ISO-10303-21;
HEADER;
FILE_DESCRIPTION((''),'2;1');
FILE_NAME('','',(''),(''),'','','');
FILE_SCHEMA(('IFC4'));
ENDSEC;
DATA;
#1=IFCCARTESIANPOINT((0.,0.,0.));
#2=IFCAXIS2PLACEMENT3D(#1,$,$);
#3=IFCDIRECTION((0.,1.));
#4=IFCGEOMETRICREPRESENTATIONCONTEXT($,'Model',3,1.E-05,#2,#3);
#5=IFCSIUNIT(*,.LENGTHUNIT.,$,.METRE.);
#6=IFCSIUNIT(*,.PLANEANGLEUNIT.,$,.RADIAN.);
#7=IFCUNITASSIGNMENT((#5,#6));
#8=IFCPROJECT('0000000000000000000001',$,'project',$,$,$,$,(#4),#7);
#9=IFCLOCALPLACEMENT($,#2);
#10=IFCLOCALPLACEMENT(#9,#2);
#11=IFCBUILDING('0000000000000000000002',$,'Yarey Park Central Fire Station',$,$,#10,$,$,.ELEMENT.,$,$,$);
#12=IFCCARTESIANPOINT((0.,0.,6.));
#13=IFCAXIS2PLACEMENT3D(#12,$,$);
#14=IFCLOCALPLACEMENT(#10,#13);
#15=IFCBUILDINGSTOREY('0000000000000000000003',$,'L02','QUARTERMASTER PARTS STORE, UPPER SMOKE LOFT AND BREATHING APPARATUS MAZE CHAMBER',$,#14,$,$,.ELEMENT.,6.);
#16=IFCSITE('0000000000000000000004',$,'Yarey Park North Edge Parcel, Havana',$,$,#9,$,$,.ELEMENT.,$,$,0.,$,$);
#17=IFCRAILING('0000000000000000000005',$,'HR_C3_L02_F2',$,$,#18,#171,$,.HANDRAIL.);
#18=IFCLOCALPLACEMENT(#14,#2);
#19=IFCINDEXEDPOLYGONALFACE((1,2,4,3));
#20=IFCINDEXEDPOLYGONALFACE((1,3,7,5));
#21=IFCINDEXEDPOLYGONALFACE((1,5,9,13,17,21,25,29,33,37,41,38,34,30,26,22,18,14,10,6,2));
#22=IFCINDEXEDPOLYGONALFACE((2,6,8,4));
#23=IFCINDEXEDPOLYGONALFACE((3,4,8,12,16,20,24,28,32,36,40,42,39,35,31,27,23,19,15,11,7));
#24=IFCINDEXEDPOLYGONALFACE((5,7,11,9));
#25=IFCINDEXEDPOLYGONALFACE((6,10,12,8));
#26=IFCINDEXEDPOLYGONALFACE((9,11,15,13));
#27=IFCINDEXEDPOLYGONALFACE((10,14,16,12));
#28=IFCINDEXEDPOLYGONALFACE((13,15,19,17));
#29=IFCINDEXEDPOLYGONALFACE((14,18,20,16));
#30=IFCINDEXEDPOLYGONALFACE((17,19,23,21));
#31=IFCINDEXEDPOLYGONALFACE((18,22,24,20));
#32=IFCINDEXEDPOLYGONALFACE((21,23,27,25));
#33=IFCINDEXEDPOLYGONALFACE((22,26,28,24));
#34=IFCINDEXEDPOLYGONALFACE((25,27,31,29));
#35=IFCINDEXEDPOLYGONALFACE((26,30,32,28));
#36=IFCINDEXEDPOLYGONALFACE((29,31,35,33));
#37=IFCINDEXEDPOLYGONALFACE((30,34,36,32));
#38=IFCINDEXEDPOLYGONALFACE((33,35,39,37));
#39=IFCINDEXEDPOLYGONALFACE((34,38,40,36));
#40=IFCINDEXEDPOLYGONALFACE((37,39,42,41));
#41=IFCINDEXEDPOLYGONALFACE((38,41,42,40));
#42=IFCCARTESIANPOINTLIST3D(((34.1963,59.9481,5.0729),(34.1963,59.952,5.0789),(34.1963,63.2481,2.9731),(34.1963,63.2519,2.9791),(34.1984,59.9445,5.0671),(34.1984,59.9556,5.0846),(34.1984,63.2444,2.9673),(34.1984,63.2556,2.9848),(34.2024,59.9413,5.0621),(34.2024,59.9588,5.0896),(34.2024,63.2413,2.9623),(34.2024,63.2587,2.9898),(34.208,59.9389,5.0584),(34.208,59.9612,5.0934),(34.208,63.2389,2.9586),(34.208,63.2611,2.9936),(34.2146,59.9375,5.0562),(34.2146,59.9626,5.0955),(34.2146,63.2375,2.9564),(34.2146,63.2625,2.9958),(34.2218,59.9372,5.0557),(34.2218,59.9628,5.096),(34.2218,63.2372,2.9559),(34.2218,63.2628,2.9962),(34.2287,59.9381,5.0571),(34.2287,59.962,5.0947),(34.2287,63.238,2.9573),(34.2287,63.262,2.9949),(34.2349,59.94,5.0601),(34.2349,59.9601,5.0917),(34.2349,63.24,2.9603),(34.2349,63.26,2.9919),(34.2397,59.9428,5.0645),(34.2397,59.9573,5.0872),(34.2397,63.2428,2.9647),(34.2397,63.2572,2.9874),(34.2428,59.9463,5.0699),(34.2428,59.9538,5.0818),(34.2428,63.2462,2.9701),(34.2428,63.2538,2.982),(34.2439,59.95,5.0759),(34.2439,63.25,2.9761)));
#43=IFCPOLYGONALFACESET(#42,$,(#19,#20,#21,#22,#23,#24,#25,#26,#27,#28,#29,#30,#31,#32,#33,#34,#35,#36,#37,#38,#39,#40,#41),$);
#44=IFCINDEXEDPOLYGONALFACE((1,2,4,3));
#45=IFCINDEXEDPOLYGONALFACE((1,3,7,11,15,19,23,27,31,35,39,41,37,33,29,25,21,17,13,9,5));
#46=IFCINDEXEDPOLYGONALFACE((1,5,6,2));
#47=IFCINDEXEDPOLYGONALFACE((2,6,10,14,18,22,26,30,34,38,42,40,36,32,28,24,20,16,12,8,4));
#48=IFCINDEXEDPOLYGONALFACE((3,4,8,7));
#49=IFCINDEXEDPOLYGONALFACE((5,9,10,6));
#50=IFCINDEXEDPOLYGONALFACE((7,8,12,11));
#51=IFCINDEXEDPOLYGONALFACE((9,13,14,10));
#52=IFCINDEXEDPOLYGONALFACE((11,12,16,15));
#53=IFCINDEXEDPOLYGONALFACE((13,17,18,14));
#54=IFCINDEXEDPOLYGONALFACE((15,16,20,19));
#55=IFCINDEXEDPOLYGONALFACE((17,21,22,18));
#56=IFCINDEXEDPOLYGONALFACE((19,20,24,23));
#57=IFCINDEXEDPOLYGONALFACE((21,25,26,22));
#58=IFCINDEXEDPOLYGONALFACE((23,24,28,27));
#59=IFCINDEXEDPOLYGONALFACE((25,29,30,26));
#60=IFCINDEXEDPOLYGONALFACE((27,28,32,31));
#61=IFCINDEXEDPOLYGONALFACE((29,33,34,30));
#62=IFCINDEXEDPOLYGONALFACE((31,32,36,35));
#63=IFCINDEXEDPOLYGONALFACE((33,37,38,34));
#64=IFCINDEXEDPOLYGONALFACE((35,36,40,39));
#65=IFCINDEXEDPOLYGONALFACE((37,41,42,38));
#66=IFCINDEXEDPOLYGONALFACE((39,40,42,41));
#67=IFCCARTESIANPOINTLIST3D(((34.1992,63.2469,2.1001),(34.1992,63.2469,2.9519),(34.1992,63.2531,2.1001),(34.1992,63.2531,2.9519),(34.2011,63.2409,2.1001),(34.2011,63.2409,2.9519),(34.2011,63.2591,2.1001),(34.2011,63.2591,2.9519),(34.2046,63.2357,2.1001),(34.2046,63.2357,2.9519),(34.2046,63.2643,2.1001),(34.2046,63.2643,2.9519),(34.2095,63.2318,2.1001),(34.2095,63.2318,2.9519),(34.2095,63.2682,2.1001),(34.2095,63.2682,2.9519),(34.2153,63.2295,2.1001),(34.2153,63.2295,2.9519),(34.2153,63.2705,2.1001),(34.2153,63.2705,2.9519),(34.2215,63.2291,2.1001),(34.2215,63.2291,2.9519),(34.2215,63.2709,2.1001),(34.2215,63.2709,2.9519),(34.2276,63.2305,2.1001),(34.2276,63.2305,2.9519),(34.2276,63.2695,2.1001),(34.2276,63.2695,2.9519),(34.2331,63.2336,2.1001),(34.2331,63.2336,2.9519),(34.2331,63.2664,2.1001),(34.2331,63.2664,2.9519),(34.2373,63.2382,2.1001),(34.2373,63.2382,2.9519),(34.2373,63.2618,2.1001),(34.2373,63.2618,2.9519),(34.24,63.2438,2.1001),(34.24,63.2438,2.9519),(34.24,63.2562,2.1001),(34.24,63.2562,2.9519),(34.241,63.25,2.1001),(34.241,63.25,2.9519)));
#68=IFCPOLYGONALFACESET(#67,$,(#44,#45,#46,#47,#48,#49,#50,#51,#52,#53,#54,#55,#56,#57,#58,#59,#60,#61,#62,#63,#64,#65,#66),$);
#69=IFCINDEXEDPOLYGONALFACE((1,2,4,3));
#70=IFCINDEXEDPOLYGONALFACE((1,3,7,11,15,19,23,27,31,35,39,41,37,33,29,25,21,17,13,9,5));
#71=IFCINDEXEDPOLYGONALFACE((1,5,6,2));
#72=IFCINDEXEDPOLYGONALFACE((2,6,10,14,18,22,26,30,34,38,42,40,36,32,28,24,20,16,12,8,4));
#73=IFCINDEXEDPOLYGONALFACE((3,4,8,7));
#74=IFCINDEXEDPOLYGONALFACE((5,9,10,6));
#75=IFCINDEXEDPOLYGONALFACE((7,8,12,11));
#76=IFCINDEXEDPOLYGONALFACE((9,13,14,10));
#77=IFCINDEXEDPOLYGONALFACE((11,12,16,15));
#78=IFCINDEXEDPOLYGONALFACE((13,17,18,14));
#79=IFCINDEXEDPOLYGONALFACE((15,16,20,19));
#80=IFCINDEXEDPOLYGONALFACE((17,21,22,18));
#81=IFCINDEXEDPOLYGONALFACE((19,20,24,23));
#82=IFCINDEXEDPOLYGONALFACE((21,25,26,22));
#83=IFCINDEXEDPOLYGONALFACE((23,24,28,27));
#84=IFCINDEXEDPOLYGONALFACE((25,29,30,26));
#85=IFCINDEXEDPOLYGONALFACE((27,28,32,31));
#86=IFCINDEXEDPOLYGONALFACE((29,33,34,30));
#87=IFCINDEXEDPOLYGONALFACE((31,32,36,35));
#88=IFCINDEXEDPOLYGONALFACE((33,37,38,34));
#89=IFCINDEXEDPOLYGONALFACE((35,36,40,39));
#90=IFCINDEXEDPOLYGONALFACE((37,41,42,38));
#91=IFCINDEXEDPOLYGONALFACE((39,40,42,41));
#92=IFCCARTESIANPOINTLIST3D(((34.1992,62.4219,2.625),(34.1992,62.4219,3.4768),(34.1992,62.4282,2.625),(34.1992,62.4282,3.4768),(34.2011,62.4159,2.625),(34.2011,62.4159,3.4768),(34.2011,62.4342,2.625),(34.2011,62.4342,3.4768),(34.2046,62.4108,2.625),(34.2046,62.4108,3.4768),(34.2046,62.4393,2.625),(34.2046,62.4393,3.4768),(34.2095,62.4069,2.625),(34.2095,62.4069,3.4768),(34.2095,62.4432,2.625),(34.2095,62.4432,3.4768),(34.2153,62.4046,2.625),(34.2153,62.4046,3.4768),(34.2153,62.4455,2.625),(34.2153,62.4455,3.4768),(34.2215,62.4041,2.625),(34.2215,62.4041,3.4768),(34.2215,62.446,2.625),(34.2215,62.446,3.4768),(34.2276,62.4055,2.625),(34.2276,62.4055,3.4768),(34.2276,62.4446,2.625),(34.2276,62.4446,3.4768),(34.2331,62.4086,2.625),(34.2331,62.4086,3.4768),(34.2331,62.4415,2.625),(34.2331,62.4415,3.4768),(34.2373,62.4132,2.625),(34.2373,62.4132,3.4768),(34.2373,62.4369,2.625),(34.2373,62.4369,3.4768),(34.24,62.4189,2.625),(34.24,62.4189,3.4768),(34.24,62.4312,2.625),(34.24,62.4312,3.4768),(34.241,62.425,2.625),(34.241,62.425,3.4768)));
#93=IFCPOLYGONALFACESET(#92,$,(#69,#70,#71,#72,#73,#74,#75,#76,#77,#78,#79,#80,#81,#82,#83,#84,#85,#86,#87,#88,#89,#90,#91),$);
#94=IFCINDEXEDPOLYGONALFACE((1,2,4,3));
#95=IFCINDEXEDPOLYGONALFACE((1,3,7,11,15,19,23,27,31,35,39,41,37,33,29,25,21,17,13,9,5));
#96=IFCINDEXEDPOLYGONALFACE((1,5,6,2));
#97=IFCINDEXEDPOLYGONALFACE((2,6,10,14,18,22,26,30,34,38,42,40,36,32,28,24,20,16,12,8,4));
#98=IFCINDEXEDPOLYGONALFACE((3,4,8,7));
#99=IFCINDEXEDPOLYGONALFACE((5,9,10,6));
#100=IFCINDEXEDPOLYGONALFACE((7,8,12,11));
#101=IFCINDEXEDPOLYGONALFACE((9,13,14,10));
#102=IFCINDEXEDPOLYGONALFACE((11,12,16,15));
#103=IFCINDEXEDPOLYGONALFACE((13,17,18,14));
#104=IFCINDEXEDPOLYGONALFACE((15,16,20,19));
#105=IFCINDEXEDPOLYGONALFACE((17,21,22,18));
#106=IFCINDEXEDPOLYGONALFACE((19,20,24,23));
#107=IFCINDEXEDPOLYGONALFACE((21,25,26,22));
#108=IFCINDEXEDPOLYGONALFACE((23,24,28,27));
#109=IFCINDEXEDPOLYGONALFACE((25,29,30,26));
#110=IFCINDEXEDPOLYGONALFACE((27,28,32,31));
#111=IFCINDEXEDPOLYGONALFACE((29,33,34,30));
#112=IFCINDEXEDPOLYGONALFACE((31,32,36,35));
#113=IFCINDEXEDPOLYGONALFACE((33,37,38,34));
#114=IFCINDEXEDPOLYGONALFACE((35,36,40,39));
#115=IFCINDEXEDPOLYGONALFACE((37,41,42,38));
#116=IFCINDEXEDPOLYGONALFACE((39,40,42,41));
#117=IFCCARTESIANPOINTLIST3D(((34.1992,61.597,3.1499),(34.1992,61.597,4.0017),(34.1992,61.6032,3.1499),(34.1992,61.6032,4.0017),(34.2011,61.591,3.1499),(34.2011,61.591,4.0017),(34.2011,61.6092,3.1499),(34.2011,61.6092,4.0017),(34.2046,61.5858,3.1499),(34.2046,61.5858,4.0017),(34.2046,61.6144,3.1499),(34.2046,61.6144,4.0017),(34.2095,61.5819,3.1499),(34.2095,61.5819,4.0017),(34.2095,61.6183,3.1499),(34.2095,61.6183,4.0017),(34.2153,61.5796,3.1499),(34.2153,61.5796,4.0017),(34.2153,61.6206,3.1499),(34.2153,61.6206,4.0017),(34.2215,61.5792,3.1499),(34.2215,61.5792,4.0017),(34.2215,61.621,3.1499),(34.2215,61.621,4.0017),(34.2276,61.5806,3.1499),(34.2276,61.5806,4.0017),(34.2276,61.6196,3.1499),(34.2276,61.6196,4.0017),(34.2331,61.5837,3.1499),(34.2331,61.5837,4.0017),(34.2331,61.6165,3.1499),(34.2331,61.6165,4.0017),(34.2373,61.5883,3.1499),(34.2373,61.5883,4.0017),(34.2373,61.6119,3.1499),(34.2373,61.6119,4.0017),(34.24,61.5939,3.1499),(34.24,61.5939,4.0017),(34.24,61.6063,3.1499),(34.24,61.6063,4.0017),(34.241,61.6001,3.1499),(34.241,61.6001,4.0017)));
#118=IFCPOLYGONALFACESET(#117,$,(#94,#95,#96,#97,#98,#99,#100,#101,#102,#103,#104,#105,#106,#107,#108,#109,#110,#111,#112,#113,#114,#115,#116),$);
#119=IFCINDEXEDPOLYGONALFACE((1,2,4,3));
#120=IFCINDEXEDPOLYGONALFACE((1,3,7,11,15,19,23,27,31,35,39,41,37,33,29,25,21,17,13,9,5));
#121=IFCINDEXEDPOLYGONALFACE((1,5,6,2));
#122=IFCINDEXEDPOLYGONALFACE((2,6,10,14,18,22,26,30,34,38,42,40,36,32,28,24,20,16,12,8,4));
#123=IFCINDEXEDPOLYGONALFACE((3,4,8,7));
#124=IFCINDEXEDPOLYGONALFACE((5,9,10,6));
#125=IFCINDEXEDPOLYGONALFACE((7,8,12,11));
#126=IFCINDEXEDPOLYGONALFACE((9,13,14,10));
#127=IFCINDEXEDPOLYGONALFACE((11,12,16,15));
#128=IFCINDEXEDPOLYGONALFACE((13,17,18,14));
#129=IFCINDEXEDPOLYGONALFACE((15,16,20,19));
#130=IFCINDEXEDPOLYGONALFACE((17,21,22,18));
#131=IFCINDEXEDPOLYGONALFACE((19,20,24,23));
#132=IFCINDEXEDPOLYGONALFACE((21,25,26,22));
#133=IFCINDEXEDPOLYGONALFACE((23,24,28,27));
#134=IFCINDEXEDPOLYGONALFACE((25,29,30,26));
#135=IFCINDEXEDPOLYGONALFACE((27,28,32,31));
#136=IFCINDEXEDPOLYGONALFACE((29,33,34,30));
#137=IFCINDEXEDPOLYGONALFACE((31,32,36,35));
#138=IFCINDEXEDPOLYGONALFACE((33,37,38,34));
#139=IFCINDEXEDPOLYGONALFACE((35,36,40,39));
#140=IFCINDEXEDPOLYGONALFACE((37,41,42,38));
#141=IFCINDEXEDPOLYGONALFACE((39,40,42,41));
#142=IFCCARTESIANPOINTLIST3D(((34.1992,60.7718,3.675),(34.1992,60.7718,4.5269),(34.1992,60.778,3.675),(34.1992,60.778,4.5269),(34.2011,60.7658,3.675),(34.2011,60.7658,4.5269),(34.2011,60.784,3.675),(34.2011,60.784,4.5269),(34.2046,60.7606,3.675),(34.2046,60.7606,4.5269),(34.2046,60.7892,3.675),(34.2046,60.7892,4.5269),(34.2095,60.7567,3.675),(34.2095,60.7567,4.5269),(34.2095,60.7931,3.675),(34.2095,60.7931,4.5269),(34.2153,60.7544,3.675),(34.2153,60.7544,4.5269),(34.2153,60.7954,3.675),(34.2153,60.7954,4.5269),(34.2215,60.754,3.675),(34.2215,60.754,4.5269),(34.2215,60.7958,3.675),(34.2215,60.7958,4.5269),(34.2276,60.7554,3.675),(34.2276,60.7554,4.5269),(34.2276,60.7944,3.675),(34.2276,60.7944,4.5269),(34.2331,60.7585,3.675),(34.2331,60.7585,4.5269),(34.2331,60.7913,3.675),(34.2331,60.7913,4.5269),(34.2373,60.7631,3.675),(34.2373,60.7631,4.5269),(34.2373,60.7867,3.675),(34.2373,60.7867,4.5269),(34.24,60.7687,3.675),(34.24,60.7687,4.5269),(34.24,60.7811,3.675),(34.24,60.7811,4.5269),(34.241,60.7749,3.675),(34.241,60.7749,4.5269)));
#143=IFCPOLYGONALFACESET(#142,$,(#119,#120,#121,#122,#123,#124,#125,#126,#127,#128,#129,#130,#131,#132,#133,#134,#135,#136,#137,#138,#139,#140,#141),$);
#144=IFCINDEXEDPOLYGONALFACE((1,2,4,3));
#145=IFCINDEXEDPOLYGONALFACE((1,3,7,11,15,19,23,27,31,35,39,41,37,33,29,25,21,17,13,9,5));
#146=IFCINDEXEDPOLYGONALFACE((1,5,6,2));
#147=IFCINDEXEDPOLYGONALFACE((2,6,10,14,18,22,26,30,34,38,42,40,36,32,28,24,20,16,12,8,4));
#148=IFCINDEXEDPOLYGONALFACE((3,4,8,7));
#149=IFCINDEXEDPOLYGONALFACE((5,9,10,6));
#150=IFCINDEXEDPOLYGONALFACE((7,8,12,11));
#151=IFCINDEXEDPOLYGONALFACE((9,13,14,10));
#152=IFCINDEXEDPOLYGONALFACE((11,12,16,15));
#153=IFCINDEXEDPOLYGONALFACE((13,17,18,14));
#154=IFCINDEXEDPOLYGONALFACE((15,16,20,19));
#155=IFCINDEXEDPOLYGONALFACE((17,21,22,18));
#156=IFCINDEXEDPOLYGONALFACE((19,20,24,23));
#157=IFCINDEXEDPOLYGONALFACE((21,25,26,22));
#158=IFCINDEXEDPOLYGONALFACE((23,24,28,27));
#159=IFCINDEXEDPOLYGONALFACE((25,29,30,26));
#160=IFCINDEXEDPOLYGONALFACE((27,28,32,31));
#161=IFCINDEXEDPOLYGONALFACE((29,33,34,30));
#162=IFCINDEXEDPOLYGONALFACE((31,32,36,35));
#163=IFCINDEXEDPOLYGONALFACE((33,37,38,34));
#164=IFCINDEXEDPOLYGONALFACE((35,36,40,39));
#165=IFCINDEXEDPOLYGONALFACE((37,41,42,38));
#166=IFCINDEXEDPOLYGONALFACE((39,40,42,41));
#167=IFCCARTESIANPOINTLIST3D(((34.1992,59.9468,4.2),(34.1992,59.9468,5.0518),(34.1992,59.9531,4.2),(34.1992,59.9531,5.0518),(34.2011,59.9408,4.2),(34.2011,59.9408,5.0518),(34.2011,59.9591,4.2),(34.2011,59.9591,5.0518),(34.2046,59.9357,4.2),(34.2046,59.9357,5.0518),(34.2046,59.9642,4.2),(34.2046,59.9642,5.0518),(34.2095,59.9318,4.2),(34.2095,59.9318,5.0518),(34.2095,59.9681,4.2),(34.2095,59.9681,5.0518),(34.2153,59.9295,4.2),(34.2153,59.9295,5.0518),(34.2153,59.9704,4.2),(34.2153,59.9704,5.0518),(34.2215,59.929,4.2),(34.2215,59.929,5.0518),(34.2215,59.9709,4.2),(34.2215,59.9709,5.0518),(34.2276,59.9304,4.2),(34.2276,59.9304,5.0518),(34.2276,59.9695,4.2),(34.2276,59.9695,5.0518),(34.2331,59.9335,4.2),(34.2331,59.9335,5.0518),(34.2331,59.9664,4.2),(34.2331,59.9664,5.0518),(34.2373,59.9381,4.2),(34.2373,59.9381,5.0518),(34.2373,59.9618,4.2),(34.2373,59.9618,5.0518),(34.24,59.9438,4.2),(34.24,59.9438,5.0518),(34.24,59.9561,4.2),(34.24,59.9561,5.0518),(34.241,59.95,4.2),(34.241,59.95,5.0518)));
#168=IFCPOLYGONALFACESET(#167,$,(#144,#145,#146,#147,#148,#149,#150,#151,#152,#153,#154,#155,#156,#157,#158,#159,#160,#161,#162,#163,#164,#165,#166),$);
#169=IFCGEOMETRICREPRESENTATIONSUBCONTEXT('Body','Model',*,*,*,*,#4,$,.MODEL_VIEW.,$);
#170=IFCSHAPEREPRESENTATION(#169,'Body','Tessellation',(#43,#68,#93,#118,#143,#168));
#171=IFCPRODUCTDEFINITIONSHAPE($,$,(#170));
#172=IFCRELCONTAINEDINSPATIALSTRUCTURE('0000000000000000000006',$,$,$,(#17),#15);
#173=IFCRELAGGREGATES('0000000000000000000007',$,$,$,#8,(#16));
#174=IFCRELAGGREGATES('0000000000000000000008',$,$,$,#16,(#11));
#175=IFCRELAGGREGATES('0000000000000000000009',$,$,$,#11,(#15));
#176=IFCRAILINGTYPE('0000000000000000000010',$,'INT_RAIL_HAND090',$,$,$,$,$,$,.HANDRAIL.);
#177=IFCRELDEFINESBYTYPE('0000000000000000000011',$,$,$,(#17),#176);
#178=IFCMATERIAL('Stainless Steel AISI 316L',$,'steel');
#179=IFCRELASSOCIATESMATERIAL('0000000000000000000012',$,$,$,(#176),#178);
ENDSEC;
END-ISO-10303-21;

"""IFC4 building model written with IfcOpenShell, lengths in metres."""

from ifc_helpers import new_model, si_unit, direction, frame, origin, origin_2d, place, context, subcontext, project, spatial, circle, extrude, material, type_object, element, save


model = new_model("IFC4")

# Units and contexts
model_context = context("Model", 3, precision=1e-05, world=origin(), true_north=direction((0.0, 1.0)))
body_context = subcontext(model_context, "Body", "Model", "MODEL_VIEW")
ifc_project = project(units=[si_unit("LENGTHUNIT", "METRE"), si_unit("PLANEANGLEUNIT", "RADIAN")], contexts=[model_context])

# Site, building, storey
site_placement = place(None, origin())
site = spatial("IfcSite", under=ifc_project, at=site_placement, Name="Yarey Park North Edge Parcel, Havana", CompositionType="ELEMENT", RefElevation=0.0)
building_placement = place(site_placement, origin())
building = spatial("IfcBuilding", under=site, at=building_placement, Name="Yarey Park Central Fire Station", CompositionType="ELEMENT")
storey_placement = place(building_placement, frame((0.0, 0.0, 6.0)))
storey = spatial("IfcBuildingStorey", under=building, at=storey_placement, Name="L02", Description="QUARTERMASTER PARTS STORE, UPPER SMOKE LOFT AND BREATHING APPARATUS MAZE CHAMBER", CompositionType="ELEMENT", Elevation=6.0)

# Railing
ifc_material_1 = material(Name="Stainless Steel AISI 316L", Category="steel")
railing_type_1 = type_object("IfcRailingType", Name="INT_RAIL_HAND090", PredefinedType="HANDRAIL", material=ifc_material_1)
railing_1_placement = place(storey_placement, frame((34.22, 63.25, 2.1001)))
element("IfcRailing", 1, at=railing_1_placement, inside=storey, type_object=railing_type_1, Name="HR_C3_L02_F2", PredefinedType="HANDRAIL", context=body_context, shape_type="SweptSolid", body=[
    extrude(circle(Radius=0.0239, at=origin_2d()), frame((0.0, 0.0, 0.876), z_axis=(0.0, -0.843682, 0.536843), x_axis=(1.0, 0.0, 0.0)), (0.0, 0.0, 1.0), 3.9114),
    extrude(circle(Radius=0.021, at=origin_2d()), origin(), (0.0, 0.0, 1.0), 0.8518),
    extrude(circle(Radius=0.021, at=origin_2d()), frame((0.0, -0.825, 0.5249)), (0.0, 0.0, 1.0), 0.8518),
    extrude(circle(Radius=0.021, at=origin_2d()), frame((0.0, -1.6499, 1.0498)), (0.0, 0.0, 1.0), 0.8518),
    extrude(circle(Radius=0.021, at=origin_2d()), frame((0.0, -2.4751, 1.575)), (0.0, 0.0, 1.0), 0.8518),
    extrude(circle(Radius=0.021, at=origin_2d()), frame((0.0, -3.3, 2.0999)), (0.0, 0.0, 1.0), 0.8518),
])

save(model, "model.ifc")
